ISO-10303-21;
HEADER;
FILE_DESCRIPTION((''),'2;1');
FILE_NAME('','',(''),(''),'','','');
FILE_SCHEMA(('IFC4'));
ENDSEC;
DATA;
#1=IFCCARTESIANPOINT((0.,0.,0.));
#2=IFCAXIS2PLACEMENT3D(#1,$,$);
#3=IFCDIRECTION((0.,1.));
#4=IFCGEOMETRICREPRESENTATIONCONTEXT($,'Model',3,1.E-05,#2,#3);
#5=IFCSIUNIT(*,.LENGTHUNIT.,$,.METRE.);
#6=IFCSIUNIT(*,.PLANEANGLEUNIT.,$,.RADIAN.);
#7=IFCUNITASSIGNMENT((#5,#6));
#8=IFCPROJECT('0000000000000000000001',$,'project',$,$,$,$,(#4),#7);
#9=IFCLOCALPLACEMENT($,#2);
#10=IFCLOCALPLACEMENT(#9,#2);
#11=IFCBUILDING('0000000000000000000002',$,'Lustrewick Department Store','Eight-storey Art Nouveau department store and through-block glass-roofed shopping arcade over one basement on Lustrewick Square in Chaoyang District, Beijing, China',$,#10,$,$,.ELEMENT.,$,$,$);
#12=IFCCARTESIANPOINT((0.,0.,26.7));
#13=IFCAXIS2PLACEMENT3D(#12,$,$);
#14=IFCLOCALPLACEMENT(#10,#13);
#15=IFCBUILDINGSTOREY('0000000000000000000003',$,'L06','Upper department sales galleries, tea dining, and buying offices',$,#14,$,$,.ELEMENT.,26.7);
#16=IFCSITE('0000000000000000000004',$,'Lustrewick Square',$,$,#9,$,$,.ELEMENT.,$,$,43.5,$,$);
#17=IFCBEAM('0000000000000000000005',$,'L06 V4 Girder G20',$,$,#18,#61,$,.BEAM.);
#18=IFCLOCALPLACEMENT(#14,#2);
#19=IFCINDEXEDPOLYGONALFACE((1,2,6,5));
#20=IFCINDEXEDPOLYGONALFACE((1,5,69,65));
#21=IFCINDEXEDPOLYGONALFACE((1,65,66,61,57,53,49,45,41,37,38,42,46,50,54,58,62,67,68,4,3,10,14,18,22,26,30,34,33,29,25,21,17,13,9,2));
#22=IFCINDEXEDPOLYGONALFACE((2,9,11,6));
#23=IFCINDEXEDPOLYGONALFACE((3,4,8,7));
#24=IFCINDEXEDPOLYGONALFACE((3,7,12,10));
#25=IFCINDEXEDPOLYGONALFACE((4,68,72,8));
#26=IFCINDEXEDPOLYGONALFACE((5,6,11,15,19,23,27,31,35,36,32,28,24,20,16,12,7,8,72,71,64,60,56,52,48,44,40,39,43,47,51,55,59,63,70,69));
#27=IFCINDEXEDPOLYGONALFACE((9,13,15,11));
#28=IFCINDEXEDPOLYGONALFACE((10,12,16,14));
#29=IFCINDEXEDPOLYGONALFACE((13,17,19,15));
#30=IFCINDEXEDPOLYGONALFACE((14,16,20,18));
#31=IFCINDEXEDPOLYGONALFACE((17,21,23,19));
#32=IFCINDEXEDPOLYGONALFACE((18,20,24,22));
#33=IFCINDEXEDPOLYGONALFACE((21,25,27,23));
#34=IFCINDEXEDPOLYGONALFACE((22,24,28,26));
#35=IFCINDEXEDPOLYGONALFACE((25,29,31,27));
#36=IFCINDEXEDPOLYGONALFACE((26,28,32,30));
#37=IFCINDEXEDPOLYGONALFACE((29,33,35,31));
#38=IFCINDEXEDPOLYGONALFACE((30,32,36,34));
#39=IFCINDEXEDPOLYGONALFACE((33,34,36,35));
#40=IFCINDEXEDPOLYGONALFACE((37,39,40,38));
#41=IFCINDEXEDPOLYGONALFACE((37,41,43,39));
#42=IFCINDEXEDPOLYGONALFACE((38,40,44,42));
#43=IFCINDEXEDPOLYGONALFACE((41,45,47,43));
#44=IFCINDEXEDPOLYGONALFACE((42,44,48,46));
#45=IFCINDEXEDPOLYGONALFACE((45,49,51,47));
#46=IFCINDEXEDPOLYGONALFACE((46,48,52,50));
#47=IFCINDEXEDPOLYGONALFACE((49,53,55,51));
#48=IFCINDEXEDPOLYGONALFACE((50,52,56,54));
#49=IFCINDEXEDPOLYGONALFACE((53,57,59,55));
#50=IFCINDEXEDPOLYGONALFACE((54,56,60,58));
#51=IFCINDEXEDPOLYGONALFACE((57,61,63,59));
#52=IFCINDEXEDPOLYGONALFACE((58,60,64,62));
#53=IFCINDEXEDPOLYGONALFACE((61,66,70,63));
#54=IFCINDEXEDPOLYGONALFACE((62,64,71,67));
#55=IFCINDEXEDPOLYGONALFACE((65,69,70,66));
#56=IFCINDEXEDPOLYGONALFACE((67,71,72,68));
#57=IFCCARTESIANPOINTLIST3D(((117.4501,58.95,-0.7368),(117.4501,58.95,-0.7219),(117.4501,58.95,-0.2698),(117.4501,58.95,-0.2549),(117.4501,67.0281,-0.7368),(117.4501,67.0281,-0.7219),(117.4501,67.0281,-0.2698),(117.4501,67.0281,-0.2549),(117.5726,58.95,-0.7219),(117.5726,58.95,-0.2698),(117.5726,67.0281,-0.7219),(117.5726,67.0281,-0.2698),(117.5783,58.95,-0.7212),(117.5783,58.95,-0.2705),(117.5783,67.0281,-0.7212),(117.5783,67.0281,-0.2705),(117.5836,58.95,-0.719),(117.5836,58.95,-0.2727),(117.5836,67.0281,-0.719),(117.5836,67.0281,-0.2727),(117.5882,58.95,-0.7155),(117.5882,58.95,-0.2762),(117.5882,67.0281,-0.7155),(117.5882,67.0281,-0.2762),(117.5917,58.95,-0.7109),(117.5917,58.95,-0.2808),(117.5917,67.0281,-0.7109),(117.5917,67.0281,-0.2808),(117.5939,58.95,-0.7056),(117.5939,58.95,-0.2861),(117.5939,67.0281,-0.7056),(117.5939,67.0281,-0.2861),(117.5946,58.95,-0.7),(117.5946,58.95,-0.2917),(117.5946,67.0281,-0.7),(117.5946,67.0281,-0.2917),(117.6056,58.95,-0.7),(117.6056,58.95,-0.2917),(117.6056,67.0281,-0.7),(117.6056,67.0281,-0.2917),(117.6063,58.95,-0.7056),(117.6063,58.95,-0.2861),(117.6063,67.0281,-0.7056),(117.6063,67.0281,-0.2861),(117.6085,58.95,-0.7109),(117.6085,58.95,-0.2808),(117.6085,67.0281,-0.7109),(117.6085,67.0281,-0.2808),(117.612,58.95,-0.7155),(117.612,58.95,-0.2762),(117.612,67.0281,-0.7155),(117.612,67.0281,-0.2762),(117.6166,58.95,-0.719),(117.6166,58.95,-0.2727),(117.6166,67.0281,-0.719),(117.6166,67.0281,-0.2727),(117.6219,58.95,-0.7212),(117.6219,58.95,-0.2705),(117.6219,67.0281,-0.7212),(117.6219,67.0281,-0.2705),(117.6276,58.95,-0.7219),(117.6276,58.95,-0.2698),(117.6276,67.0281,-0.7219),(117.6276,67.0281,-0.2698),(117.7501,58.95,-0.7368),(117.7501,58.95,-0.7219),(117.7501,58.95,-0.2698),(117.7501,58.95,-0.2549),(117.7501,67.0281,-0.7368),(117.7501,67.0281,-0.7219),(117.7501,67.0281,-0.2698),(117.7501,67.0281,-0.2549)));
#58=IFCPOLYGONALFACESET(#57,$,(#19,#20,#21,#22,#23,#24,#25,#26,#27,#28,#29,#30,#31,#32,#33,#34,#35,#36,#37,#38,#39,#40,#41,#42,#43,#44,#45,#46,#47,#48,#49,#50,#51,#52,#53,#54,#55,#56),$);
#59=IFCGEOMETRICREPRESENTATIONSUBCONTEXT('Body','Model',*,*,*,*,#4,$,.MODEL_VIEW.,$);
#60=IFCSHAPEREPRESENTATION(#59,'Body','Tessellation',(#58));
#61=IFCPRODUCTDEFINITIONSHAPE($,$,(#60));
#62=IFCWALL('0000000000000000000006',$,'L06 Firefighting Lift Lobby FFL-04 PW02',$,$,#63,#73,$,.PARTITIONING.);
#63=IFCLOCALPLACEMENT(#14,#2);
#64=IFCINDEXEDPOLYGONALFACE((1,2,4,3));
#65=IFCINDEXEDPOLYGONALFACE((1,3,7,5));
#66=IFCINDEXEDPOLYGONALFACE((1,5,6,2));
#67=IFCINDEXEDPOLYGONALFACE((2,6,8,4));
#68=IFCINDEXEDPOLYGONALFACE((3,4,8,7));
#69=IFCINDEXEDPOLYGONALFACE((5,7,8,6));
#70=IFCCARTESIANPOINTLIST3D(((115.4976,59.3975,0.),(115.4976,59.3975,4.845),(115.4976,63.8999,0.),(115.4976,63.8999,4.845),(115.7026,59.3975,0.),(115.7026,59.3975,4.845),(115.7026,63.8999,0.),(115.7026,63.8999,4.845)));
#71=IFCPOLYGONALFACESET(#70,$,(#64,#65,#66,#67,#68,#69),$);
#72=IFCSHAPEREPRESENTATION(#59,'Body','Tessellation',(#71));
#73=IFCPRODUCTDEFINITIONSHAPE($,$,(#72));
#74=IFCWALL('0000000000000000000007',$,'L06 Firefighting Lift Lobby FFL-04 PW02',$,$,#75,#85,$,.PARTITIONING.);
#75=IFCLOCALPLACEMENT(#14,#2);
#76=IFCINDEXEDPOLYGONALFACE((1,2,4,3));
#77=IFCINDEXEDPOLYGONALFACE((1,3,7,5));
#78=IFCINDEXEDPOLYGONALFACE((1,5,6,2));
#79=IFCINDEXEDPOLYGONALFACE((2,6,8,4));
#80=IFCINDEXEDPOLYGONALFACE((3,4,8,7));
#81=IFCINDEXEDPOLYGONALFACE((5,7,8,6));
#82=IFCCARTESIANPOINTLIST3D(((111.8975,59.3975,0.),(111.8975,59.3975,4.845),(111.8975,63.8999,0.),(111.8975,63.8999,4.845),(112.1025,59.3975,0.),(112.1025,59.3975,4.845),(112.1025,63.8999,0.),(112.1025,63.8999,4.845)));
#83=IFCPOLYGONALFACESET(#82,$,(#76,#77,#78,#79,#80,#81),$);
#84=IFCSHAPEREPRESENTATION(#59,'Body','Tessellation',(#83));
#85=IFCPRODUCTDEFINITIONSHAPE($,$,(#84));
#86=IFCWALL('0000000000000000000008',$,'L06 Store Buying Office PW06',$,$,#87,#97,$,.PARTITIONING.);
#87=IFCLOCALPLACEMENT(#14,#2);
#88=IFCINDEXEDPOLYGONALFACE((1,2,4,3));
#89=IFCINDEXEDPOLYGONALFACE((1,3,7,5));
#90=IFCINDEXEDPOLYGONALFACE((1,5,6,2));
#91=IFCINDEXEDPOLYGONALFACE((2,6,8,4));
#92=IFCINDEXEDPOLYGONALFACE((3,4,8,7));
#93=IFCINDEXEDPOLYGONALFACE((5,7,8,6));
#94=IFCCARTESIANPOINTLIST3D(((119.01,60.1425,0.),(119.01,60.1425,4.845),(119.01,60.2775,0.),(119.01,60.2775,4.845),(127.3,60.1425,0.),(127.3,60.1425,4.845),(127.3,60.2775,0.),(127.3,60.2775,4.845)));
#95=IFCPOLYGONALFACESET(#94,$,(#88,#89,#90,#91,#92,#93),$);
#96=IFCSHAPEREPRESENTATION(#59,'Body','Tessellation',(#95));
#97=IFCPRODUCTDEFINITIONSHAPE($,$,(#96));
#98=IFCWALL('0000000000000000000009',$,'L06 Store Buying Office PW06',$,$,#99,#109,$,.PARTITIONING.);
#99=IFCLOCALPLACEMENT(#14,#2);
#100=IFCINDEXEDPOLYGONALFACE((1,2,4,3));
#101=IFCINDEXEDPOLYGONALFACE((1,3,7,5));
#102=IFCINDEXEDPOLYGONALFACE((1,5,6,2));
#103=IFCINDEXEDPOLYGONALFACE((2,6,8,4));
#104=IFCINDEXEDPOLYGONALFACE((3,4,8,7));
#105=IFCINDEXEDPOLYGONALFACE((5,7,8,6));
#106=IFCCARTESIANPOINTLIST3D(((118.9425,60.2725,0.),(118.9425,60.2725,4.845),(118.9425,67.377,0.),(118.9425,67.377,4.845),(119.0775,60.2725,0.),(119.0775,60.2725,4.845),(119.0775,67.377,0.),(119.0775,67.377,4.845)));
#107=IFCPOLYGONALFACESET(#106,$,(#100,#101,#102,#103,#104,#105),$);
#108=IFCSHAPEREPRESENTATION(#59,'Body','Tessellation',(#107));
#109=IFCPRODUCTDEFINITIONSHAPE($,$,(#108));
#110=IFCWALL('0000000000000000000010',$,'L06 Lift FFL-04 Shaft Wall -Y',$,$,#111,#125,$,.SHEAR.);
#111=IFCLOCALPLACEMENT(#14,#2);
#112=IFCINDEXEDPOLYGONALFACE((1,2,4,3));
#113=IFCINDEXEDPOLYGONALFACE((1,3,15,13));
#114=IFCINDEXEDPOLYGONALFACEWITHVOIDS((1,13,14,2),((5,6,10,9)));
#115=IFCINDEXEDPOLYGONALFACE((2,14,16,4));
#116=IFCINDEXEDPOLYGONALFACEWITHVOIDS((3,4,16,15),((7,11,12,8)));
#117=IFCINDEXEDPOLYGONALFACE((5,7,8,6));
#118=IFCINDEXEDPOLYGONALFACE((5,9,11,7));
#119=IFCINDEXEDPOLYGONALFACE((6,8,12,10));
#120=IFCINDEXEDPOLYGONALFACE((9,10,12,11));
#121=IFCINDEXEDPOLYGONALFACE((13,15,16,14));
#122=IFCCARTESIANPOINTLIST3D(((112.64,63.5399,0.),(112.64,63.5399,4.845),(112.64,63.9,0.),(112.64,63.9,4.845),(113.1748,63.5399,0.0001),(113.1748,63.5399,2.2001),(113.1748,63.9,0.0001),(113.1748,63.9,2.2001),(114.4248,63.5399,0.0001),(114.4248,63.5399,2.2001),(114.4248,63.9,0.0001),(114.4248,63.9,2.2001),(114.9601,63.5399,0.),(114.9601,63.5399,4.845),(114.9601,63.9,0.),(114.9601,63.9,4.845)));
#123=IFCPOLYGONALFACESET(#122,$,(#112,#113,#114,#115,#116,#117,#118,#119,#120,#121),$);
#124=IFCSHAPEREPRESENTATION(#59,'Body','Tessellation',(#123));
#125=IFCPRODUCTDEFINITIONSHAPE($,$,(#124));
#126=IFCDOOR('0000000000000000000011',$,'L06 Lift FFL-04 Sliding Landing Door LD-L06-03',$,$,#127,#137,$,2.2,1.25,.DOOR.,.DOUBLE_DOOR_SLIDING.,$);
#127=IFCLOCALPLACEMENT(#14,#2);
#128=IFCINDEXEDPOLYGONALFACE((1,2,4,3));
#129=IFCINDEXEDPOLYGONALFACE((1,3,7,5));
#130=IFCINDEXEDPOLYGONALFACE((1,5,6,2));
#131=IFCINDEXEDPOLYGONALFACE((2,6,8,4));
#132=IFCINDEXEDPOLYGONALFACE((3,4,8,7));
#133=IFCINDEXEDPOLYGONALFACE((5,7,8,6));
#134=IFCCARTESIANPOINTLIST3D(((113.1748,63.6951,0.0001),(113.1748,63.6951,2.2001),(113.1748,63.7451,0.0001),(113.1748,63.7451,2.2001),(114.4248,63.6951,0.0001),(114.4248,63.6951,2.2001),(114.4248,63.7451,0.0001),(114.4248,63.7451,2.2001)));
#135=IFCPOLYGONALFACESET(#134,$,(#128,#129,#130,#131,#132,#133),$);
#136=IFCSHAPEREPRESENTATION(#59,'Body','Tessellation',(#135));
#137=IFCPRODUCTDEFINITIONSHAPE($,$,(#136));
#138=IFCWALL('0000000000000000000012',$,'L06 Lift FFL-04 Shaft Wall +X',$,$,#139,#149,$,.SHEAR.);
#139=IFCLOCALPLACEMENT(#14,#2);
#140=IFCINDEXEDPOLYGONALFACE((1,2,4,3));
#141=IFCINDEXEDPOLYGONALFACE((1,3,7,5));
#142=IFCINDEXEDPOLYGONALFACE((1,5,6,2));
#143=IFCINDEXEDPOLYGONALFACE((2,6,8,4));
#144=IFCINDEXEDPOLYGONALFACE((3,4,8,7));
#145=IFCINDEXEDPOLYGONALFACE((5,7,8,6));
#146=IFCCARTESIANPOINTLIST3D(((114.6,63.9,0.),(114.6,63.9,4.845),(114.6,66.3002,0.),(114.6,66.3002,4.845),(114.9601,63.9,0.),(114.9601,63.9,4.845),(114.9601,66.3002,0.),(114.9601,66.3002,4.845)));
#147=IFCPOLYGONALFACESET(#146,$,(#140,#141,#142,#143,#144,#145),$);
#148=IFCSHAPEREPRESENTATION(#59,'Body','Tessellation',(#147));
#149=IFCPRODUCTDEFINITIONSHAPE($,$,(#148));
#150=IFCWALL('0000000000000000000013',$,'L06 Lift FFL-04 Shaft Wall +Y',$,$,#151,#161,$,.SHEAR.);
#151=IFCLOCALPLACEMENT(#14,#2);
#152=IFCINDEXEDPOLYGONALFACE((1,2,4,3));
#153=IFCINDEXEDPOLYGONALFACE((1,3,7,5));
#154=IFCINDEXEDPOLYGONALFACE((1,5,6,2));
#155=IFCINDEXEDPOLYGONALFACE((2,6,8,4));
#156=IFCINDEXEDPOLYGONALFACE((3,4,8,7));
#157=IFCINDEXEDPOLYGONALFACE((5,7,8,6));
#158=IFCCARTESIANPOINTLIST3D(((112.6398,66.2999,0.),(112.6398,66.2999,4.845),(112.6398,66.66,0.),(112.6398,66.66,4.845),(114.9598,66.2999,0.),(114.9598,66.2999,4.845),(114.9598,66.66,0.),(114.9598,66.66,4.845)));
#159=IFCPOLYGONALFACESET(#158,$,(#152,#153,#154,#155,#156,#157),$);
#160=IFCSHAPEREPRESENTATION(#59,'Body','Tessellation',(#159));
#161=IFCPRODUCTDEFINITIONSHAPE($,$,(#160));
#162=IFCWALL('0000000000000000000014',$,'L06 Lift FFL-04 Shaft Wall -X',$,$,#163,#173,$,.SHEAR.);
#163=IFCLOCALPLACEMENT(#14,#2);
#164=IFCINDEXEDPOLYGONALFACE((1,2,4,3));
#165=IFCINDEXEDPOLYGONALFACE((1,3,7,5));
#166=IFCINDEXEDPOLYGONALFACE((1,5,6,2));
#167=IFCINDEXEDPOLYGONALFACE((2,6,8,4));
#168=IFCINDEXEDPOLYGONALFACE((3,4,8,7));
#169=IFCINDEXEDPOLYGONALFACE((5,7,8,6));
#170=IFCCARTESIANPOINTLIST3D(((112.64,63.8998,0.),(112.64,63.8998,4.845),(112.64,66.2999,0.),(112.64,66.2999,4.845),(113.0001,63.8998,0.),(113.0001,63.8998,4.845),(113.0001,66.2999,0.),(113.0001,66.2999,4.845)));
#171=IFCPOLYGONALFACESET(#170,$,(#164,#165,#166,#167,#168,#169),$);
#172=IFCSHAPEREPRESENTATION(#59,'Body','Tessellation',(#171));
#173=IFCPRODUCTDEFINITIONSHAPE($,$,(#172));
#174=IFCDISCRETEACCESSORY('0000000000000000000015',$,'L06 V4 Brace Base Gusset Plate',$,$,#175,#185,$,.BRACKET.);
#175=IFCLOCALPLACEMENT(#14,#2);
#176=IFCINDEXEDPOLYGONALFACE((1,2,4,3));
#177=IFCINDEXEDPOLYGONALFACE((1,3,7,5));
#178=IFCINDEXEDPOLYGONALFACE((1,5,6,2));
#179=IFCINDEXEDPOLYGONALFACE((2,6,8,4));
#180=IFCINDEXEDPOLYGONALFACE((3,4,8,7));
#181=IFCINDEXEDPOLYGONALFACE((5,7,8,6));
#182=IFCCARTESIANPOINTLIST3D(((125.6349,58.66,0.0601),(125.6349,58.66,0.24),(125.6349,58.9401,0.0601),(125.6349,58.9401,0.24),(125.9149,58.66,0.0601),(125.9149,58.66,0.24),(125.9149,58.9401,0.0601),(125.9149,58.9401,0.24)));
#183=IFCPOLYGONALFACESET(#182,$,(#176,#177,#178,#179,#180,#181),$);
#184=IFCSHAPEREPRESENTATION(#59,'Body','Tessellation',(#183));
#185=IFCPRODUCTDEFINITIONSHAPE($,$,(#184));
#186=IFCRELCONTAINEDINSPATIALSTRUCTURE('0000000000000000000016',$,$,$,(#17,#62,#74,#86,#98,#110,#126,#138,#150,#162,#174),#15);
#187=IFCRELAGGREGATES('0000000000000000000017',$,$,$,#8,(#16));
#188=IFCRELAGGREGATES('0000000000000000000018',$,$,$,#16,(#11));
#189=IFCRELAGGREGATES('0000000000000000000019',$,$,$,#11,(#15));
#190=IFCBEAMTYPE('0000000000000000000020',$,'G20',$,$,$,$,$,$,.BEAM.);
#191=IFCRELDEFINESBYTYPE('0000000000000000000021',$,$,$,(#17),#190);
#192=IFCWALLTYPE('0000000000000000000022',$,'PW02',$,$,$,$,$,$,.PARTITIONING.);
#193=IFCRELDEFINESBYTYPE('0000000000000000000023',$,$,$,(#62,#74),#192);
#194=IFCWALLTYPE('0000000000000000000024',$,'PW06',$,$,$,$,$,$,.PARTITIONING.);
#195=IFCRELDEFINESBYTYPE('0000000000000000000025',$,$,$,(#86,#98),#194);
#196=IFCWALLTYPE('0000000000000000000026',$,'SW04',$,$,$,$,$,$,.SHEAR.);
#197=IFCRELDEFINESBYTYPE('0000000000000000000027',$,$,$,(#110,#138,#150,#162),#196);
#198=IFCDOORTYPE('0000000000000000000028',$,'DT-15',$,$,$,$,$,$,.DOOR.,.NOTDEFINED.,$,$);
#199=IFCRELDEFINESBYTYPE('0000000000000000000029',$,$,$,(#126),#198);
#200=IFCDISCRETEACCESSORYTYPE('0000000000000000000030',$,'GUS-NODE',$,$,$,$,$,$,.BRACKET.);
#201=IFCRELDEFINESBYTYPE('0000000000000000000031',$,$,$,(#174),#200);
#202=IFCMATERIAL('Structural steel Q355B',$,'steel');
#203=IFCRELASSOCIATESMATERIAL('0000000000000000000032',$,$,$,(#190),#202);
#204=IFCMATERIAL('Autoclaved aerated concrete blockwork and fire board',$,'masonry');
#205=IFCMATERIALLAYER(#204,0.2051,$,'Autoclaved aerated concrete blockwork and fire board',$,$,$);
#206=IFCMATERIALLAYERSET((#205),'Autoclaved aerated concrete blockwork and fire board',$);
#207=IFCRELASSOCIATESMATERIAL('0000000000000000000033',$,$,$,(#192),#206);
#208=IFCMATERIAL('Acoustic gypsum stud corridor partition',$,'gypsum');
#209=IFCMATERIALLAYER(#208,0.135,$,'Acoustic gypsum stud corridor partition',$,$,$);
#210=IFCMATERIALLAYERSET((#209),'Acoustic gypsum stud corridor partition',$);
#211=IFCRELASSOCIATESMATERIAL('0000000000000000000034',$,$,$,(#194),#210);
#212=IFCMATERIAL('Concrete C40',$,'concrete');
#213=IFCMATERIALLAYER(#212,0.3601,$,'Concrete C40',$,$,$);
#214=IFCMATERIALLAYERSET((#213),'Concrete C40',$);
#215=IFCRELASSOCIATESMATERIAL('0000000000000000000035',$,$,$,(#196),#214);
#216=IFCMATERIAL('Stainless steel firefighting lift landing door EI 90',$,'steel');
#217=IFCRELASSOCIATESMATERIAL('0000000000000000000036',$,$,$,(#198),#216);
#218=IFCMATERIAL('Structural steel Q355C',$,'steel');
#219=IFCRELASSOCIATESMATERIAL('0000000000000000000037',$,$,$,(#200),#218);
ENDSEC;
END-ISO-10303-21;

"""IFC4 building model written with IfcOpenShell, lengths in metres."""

from ifc_helpers import new_model, si_unit, direction, frame, frame_2d, origin, origin_2d, place, context, subcontext, project, spatial, rectangle, i_section, extrude, material, layer, layer_set, material_profile, profile_set, type_object, element, fill, save


model = new_model("IFC4")

# Units and contexts
model_context = context("Model", 3, precision=1e-05, world=origin(), true_north=direction((0.0, 1.0)))
body_context = subcontext(model_context, "Body", "Model", "MODEL_VIEW")
ifc_project = project(units=[si_unit("LENGTHUNIT", "METRE"), si_unit("PLANEANGLEUNIT", "RADIAN")], contexts=[model_context])

# Site, building, storey
site_placement = place(None, origin())
site = spatial("IfcSite", under=ifc_project, at=site_placement, Name="Lustrewick Square", CompositionType="ELEMENT", RefElevation=43.5)
building_placement = place(site_placement, origin())
building = spatial("IfcBuilding", under=site, at=building_placement, Name="Lustrewick Department Store", Description="Eight-storey Art Nouveau department store and through-block glass-roofed shopping arcade over one basement on Lustrewick Square in Chaoyang District, Beijing, China", CompositionType="ELEMENT")
storey_placement = place(building_placement, frame((0.0, 0.0, 26.7)))
storey = spatial("IfcBuildingStorey", under=building, at=storey_placement, Name="L06", Description="Upper department sales galleries, tea dining, and buying offices", CompositionType="ELEMENT", Elevation=26.7)

# Shared definitions
ifc_material_1 = material(Name="Structural steel Q355B", Category="steel")

# Shared definitions
ifc_material_2 = material(Name="Structural steel Q355C", Category="steel")

# Beam
ifc_material_profile_1 = material_profile(ifc_material_1, i_section(OverallWidth=0.3, OverallDepth=0.4819, WebThickness=0.011, FlangeThickness=0.0149, FilletRadius=0.022, at=origin_2d()), Name="HM 482x300x11x15")
ifc_profile_set_1 = profile_set([ifc_material_profile_1], Name="Structural steel Q355B")
beam_type_1 = type_object("IfcBeamType", Name="G20", PredefinedType="BEAM", material=ifc_profile_set_1)
beam_1_placement = place(storey_placement, frame((117.6001, 58.95, -0.4958), z_axis=(0.0, 1.0, 0.0), x_axis=(-1.0, 0.0, 0.0)))
element("IfcBeam", 1, at=beam_1_placement, inside=storey, type_object=beam_type_1, Name="L06 V4 Girder G20", PredefinedType="BEAM", context=body_context, shape_type="SweptSolid", body=[
    extrude(i_section(OverallWidth=0.3, OverallDepth=0.4819, WebThickness=0.011, FlangeThickness=0.0149, FilletRadius=0.022, at=origin_2d()), origin(), (0.0, 0.0, 1.0), 8.0781),
])

# Shared definitions
ifc_material_3 = material(Name="Autoclaved aerated concrete blockwork and fire board", Category="masonry")
ifc_layer_1 = layer(ifc_material_3, 0.2051, Name="Autoclaved aerated concrete blockwork and fire board")
ifc_layer_set_1 = layer_set([ifc_layer_1], Name="Autoclaved aerated concrete blockwork and fire board")
wall_type_1 = type_object("IfcWallType", Name="PW02", PredefinedType="PARTITIONING", material=ifc_layer_set_1)

# Walls
for number, where, z_axis, x_axis, name in (
    (2, (115.6001, 59.3975, 0.0), (0.0, 0.0, 1.0), (0.0, 1.0, 0.0), "L06 Firefighting Lift Lobby FFL-04 PW02"),
    (3, (112.0, 63.8999, 0.0), (0.0, 0.0, 1.0), (0.0, -1.0, 0.0), "L06 Firefighting Lift Lobby FFL-04 PW02"),
):
    element("IfcWall", number, at=place(storey_placement, frame(where, z_axis=z_axis, x_axis=x_axis)), inside=storey, type_object=wall_type_1, Name=name, PredefinedType="PARTITIONING", context=body_context, shape_type="SweptSolid", body=[
        extrude(rectangle(XDim=4.5024, YDim=0.2051, at=frame_2d((2.2512, 0.0))), origin(), (0.0, 0.0, 1.0), 4.845),
    ])
ifc_material_4 = material(Name="Acoustic gypsum stud corridor partition", Category="gypsum")
ifc_layer_2 = layer(ifc_material_4, 0.135, Name="Acoustic gypsum stud corridor partition")
ifc_layer_set_2 = layer_set([ifc_layer_2], Name="Acoustic gypsum stud corridor partition")
wall_type_2 = type_object("IfcWallType", Name="PW06", PredefinedType="PARTITIONING", material=ifc_layer_set_2)
wall_1_placement = place(storey_placement, frame((119.01, 60.21, 0.0), z_axis=(0.0, 0.0, 1.0), x_axis=(1.0, 0.0, 0.0)))
element("IfcWall", 4, at=wall_1_placement, inside=storey, type_object=wall_type_2, Name="L06 Store Buying Office PW06", PredefinedType="PARTITIONING", context=body_context, shape_type="SweptSolid", body=[
    extrude(rectangle(XDim=8.29, YDim=0.135, at=frame_2d((4.145, 0.0))), origin(), (0.0, 0.0, 1.0), 4.845),
])
wall_2_placement = place(storey_placement, frame((119.01, 67.377, 0.0), z_axis=(0.0, 0.0, 1.0), x_axis=(0.0, -1.0, 0.0)))
element("IfcWall", 5, at=wall_2_placement, inside=storey, type_object=wall_type_2, Name="L06 Store Buying Office PW06", PredefinedType="PARTITIONING", context=body_context, shape_type="SweptSolid", body=[
    extrude(rectangle(XDim=7.1045, YDim=0.135, at=frame_2d((3.5522, 0.0))), origin(), (0.0, 0.0, 1.0), 4.845),
])

# Wall, opening, door
ifc_material_5 = material(Name="Concrete C40", Category="concrete")
ifc_layer_3 = layer(ifc_material_5, 0.3601, Name="Concrete C40")
ifc_layer_set_3 = layer_set([ifc_layer_3], Name="Concrete C40")
wall_type_3 = type_object("IfcWallType", Name="SW04", PredefinedType="SHEAR", material=ifc_layer_set_3)
wall_3_placement = place(storey_placement, frame((112.6399, 63.72, 0.0), z_axis=(0.0, 0.0, 1.0), x_axis=(1.0, 0.0, 0.0)))
wall_3 = element("IfcWall", 6, at=wall_3_placement, inside=storey, type_object=wall_type_3, Name="L06 Lift FFL-04 Shaft Wall -Y", PredefinedType="SHEAR", context=body_context, shape_type="SweptSolid", body=[
    extrude(rectangle(XDim=2.3201, YDim=0.3601, at=frame_2d((1.1602, 0.0))), origin(), (0.0, 0.0, 1.0), 4.845),
])
opening_1_placement = place(wall_3_placement, frame((0.5349, 0.0, 0.0)))
opening_1 = element("IfcOpeningElement", 7, at=opening_1_placement, cuts=wall_3, PredefinedType="OPENING", context=body_context, shape_type="SweptSolid", body=[
    extrude(rectangle(XDim=1.25, YDim=2.2, at=frame_2d((0.625, 1.1001))), frame((0.0, 0.1899, 0.0), z_axis=(0.0, -1.0, 0.0), x_axis=(1.0, 0.0, 0.0)), (0.0, 0.0, 1.0), 0.3801),
])
ifc_material_6 = material(Name="Stainless steel firefighting lift landing door EI 90", Category="steel")
door_type_1 = type_object("IfcDoorType", Name="DT-15", OperationType="NOTDEFINED", PredefinedType="DOOR", material=ifc_material_6)
door_1_placement = place(opening_1_placement, frame((1.25, 0.0, 0.0), z_axis=(0.0, 0.0, 1.0), x_axis=(-1.0, 0.0, 0.0)))
door_1 = element("IfcDoor", 8, at=door_1_placement, inside=storey, type_object=door_type_1, Name="L06 Lift FFL-04 Sliding Landing Door LD-L06-03", OperationType="DOUBLE_DOOR_SLIDING", OverallHeight=2.2, OverallWidth=1.25, PredefinedType="DOOR", context=body_context, shape_type="SweptSolid", body=[
    extrude(rectangle(XDim=1.25, YDim=2.2, at=frame_2d((0.625, 1.1001))), frame((0.0, 0.0249, 0.0), z_axis=(0.0, -1.0, 0.0), x_axis=(1.0, 0.0, 0.0)), (0.0, 0.0, 1.0), 0.05),
])
fill(opening_1, door_1)

# Walls
wall_4_placement = place(storey_placement, frame((114.78, 63.8999, 0.0), z_axis=(0.0, 0.0, 1.0), x_axis=(0.0, 1.0, 0.0)))
element("IfcWall", 9, at=wall_4_placement, inside=storey, type_object=wall_type_3, Name="L06 Lift FFL-04 Shaft Wall +X", PredefinedType="SHEAR", context=body_context, shape_type="SweptSolid", body=[
    extrude(rectangle(XDim=2.4001, YDim=0.3601, at=frame_2d((1.2002, 0.0))), origin(), (0.0, 0.0, 1.0), 4.845),
])
wall_5_placement = place(storey_placement, frame((114.96, 66.48, 0.0), z_axis=(0.0, 0.0, 1.0), x_axis=(-1.0, 0.0, 0.0)))
element("IfcWall", 10, at=wall_5_placement, inside=storey, type_object=wall_type_3, Name="L06 Lift FFL-04 Shaft Wall +Y", PredefinedType="SHEAR", context=body_context, shape_type="SweptSolid", body=[
    extrude(rectangle(XDim=2.3201, YDim=0.3601, at=frame_2d((1.1602, 0.0))), origin(), (0.0, 0.0, 1.0), 4.845),
])
wall_6_placement = place(storey_placement, frame((112.8201, 66.3, 0.0), z_axis=(0.0, 0.0, 1.0), x_axis=(0.0, -1.0, 0.0)))
element("IfcWall", 11, at=wall_6_placement, inside=storey, type_object=wall_type_3, Name="L06 Lift FFL-04 Shaft Wall -X", PredefinedType="SHEAR", context=body_context, shape_type="SweptSolid", body=[
    extrude(rectangle(XDim=2.4001, YDim=0.3601, at=frame_2d((1.2002, 0.0))), origin(), (0.0, 0.0, 1.0), 4.845),
])

# Discrete accessory
discrete_accessory_type = type_object("IfcDiscreteAccessoryType", Name="GUS-NODE", PredefinedType="BRACKET", material=ifc_material_2)
discrete_accessory_placement = place(storey_placement, frame((125.7749, 58.8, 0.0601), z_axis=(0.0, 0.0, 1.0), x_axis=(1.0, 0.0, 0.0)))
element("IfcDiscreteAccessory", 12, at=discrete_accessory_placement, inside=storey, type_object=discrete_accessory_type, Name="L06 V4 Brace Base Gusset Plate", PredefinedType="BRACKET", context=body_context, shape_type="SweptSolid", body=[
    extrude(rectangle(XDim=0.28, YDim=0.28, at=origin_2d()), origin(), (0.0, 0.0, 1.0), 0.1799),
])

save(model, "model.ifc")
